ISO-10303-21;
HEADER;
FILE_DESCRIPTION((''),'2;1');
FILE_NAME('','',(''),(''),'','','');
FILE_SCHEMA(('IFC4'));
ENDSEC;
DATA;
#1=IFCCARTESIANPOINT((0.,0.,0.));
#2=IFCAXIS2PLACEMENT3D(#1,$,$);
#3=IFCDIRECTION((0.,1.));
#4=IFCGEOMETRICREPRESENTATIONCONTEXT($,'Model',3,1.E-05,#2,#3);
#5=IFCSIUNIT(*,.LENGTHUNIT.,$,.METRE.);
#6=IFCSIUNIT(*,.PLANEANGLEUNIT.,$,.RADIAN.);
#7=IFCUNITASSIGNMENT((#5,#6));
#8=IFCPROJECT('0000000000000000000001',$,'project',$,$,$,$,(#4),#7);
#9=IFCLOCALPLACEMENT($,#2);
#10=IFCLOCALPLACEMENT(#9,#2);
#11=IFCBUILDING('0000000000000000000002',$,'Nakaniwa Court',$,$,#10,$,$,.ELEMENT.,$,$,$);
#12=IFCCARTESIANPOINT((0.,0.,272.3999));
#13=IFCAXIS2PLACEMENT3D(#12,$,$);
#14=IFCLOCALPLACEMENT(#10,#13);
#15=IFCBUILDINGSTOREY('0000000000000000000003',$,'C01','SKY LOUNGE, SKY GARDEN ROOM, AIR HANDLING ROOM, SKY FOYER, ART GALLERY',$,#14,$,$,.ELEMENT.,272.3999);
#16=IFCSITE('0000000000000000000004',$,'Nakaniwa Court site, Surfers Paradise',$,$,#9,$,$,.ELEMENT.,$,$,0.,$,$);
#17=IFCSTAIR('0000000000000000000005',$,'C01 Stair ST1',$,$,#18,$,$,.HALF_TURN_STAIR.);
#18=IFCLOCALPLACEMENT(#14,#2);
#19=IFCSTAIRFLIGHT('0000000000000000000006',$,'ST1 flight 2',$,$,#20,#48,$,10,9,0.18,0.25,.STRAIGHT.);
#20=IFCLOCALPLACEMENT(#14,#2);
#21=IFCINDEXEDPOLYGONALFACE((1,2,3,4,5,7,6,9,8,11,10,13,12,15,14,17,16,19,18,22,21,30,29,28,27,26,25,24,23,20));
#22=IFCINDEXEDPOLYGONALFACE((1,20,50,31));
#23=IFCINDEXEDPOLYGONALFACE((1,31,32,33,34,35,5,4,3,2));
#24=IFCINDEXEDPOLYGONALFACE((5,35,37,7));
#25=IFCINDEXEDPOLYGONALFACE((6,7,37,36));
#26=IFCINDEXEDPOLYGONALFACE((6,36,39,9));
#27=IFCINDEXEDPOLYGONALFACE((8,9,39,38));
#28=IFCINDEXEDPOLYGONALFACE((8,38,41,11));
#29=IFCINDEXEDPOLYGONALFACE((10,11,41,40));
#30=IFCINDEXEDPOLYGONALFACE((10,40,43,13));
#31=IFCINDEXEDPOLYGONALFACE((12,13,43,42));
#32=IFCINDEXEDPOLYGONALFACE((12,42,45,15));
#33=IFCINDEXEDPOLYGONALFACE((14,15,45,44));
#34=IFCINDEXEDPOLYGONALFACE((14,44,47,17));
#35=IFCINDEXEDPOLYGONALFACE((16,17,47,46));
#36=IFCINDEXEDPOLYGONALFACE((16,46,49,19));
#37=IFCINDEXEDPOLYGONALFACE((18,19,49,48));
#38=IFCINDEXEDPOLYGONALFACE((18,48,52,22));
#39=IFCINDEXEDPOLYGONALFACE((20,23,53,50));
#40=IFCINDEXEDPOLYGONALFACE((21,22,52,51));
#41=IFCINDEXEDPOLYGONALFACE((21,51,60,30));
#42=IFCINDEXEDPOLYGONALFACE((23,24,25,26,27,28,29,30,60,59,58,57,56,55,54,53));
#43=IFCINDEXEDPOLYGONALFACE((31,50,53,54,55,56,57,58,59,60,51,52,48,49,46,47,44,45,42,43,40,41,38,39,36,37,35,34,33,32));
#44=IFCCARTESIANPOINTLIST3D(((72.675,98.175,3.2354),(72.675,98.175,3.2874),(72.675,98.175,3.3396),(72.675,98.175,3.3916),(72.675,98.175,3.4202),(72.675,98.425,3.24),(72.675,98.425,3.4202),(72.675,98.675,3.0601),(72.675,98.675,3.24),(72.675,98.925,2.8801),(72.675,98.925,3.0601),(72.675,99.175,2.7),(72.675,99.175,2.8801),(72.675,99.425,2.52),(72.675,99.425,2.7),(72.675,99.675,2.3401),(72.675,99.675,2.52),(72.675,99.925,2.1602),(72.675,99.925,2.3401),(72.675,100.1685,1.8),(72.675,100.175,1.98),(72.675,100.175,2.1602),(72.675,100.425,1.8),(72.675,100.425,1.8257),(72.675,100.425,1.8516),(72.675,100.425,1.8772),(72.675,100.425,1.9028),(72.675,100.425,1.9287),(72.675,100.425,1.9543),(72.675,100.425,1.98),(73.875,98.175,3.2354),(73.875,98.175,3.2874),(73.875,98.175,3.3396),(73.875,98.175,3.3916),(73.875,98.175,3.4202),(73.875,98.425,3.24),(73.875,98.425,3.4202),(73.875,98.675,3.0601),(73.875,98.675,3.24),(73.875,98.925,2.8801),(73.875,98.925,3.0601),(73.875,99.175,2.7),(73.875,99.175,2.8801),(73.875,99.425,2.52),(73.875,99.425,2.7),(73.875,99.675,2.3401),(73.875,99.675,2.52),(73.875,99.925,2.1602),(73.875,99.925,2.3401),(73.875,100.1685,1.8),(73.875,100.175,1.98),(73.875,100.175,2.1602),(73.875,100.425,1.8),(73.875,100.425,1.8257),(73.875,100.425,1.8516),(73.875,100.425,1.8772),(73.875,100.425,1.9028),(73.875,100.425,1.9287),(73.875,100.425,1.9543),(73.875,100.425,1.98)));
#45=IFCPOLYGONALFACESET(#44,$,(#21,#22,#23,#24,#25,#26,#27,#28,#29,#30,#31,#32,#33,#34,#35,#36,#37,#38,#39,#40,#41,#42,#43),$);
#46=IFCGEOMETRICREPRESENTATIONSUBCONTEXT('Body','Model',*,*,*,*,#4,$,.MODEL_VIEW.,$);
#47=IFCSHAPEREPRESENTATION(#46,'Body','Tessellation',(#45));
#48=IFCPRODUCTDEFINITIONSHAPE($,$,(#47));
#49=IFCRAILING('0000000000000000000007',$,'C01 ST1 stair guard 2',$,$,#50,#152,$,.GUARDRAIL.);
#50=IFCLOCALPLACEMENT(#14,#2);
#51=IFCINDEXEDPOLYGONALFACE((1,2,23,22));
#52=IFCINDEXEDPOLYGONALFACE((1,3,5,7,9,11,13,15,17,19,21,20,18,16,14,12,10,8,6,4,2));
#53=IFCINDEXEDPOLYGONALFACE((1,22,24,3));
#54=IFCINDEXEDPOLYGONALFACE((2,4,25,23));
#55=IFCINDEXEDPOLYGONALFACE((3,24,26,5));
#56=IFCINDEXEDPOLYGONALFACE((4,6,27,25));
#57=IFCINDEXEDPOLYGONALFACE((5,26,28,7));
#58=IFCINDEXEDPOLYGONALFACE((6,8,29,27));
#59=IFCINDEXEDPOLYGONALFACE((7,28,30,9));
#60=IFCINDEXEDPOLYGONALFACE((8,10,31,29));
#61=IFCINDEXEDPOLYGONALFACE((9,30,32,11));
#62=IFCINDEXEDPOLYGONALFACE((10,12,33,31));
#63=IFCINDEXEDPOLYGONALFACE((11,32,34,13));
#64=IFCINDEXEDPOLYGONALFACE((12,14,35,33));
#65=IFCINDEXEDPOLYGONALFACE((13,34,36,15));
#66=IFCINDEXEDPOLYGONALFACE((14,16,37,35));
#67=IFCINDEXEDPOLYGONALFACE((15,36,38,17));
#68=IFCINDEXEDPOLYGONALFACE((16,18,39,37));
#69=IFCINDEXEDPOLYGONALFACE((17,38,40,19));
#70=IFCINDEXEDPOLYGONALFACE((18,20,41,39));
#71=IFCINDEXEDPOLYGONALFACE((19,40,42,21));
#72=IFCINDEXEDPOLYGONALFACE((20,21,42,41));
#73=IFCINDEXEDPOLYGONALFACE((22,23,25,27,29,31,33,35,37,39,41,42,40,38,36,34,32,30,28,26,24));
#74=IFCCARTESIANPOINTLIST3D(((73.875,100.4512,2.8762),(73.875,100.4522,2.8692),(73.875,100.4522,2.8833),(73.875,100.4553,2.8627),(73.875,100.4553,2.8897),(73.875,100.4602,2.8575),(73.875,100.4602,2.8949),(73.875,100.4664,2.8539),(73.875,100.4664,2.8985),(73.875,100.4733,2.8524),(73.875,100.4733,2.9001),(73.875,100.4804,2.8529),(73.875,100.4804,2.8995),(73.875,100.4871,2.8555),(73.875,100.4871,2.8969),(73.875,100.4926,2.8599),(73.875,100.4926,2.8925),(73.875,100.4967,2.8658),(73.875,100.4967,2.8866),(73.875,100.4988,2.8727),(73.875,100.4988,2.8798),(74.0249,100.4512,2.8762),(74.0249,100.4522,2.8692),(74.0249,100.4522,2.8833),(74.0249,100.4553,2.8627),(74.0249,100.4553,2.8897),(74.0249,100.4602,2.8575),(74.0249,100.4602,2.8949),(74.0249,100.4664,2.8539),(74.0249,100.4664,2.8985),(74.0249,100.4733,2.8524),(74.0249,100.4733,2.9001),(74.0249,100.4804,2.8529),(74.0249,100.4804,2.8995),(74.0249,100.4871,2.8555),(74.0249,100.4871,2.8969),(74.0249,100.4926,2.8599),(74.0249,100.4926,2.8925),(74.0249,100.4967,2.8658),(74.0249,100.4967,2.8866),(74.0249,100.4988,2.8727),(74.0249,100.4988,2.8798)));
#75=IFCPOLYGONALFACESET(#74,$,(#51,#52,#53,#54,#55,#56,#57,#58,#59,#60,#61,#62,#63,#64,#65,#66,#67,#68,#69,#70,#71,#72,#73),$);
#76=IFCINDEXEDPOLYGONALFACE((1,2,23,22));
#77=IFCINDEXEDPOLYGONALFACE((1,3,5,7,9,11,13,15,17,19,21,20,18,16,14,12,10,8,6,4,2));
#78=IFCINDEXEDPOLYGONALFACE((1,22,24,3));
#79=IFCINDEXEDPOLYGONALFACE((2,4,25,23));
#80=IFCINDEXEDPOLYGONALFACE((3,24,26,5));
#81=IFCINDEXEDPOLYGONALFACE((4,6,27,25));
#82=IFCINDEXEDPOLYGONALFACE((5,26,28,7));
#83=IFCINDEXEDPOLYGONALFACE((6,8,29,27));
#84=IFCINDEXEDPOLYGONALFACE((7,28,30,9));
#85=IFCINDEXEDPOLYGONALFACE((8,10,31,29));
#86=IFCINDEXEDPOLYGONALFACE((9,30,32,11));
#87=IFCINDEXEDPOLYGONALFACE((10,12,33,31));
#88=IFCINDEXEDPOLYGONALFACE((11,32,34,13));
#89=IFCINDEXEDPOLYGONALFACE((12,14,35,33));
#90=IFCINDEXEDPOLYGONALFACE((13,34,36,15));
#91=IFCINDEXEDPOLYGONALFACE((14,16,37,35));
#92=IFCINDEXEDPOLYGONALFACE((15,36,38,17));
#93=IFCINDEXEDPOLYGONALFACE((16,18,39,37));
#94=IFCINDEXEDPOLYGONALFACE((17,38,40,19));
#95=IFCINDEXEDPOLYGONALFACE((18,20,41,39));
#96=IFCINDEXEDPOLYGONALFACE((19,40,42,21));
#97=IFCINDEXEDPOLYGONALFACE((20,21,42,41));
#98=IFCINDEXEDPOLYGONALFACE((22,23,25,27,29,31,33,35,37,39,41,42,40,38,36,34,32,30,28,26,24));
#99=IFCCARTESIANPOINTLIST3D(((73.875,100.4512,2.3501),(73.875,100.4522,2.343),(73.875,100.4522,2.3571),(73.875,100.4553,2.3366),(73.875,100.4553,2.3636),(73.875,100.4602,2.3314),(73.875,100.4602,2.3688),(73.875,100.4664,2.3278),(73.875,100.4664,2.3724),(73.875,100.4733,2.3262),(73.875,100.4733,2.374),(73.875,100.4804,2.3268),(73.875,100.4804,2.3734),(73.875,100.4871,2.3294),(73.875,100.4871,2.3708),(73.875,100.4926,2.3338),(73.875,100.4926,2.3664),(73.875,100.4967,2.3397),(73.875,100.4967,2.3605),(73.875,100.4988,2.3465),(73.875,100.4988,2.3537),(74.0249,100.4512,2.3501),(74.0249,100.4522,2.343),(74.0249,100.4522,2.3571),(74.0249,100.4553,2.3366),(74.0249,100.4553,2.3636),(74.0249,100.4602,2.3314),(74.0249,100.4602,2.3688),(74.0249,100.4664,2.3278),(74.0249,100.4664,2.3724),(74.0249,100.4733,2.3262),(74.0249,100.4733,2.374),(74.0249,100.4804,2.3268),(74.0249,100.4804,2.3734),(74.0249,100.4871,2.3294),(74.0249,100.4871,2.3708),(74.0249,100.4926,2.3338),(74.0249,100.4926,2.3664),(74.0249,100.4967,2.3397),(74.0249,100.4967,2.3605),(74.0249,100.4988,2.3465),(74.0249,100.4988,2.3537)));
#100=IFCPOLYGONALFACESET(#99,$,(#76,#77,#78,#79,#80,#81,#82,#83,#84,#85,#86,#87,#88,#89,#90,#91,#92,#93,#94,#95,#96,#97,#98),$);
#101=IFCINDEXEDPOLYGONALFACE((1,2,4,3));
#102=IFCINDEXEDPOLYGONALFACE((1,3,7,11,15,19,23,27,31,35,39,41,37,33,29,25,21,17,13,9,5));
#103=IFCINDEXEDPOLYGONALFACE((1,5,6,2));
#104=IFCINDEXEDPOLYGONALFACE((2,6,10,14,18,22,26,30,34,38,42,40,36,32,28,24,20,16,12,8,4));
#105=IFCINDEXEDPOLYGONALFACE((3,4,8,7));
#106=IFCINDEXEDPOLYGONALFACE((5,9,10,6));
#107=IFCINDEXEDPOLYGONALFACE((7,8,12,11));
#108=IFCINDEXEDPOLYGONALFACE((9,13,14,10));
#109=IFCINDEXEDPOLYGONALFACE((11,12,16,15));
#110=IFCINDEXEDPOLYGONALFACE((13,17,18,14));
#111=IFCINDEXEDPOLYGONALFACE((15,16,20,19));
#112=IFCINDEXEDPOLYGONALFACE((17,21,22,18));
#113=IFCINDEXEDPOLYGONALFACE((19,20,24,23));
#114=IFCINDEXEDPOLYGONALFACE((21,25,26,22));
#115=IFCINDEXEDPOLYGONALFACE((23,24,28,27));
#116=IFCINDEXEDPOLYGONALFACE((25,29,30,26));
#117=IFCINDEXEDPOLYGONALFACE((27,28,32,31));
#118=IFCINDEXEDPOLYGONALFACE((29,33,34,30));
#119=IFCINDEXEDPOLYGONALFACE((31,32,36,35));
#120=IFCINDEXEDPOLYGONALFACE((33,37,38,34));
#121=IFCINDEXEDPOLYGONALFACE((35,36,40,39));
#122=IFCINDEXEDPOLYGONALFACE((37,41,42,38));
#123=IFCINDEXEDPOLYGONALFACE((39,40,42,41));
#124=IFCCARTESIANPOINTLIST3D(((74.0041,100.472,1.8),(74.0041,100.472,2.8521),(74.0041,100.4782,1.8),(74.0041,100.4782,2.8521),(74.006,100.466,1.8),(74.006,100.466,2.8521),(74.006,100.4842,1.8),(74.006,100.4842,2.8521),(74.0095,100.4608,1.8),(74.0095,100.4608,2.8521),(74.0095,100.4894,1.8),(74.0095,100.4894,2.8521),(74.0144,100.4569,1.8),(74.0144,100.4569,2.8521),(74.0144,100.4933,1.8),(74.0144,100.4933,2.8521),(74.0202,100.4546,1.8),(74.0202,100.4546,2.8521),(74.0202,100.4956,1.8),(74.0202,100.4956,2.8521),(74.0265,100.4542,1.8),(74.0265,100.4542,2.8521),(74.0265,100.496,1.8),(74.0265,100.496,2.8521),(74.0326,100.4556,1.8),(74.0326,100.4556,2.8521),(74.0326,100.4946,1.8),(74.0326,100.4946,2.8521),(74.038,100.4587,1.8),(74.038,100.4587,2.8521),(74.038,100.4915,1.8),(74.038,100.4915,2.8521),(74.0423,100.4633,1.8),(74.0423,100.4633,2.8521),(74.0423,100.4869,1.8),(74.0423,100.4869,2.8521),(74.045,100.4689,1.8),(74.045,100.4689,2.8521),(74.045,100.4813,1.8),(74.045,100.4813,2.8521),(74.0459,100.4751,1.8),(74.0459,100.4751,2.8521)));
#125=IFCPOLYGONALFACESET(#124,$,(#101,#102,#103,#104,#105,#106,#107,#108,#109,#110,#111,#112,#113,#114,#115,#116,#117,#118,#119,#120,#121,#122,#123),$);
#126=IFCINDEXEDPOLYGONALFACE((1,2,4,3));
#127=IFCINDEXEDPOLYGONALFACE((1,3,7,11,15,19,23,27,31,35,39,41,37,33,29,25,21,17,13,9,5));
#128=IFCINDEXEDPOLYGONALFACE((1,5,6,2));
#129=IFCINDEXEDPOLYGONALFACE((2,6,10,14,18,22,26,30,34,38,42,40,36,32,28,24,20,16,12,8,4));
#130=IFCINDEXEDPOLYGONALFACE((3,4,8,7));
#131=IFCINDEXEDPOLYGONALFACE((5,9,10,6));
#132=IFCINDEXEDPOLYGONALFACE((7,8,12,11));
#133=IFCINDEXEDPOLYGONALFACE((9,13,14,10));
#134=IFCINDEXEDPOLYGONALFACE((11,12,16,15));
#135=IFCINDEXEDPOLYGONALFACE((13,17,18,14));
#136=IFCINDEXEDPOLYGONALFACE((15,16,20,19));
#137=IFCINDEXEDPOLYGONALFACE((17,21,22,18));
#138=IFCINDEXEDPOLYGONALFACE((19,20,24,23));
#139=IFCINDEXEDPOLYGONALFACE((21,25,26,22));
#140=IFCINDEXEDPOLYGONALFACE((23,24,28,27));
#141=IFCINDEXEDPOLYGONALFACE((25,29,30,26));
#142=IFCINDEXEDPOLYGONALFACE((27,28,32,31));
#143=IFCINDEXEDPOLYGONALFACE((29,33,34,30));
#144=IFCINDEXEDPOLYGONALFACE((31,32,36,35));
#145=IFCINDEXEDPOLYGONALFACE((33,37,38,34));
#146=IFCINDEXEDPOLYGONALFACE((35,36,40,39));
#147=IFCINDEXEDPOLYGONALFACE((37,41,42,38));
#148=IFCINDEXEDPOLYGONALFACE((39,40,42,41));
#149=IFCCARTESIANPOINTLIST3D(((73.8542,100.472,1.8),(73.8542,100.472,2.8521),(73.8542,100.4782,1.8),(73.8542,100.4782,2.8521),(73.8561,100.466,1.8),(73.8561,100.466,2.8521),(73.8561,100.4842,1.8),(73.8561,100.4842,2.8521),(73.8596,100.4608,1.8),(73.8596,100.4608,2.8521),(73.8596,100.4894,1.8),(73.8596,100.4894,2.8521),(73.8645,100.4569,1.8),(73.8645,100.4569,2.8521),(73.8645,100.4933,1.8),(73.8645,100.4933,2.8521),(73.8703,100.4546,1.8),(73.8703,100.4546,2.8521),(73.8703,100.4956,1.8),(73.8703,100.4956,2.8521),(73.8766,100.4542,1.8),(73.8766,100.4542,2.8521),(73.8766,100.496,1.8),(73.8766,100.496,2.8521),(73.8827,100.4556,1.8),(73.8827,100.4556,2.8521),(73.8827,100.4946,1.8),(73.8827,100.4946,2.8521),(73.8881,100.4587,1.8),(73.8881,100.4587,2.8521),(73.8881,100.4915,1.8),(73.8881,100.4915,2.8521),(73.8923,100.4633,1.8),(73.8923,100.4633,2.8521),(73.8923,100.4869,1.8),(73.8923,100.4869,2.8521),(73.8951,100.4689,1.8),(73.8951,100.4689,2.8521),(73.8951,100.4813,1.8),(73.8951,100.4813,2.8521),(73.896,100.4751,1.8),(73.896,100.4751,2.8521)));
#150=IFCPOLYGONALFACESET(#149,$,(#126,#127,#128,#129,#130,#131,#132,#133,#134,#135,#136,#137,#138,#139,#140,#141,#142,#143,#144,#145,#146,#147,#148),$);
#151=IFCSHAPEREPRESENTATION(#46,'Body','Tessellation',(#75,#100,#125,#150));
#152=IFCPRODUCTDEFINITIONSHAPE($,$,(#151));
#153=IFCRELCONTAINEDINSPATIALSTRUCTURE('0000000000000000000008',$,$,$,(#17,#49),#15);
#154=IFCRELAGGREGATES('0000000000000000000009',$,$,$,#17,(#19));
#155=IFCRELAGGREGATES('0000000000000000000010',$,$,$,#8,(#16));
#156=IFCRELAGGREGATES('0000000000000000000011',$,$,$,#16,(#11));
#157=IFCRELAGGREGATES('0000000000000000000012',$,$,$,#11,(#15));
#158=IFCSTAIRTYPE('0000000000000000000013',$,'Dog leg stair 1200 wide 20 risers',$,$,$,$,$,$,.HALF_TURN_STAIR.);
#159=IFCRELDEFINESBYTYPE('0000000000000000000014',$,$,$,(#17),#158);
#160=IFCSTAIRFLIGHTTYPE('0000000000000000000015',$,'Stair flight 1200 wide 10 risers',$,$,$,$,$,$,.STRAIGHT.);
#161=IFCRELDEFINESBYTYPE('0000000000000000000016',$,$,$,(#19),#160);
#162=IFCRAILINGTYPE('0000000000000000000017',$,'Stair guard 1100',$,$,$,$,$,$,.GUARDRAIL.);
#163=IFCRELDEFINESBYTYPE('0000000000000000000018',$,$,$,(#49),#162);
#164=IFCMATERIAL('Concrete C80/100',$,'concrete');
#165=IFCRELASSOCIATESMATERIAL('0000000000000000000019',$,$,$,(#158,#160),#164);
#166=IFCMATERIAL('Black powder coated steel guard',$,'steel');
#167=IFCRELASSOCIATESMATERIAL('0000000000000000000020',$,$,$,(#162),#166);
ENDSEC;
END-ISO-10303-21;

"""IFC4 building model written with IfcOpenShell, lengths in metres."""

from ifc_helpers import new_model, si_unit, direction, frame, origin, origin_2d, place, context, subcontext, project, spatial, polyline, circle, outline, extrude, material, type_object, element, aggregate, save


model = new_model("IFC4")

# Units and contexts
model_context = context("Model", 3, precision=1e-05, world=origin(), true_north=direction((0.0, 1.0)))
body_context = subcontext(model_context, "Body", "Model", "MODEL_VIEW")
ifc_project = project(units=[si_unit("LENGTHUNIT", "METRE"), si_unit("PLANEANGLEUNIT", "RADIAN")], contexts=[model_context])

# Site, building, storey
site_placement = place(None, origin())
site = spatial("IfcSite", under=ifc_project, at=site_placement, Name="Nakaniwa Court site, Surfers Paradise", CompositionType="ELEMENT", RefElevation=0.0)
building_placement = place(site_placement, origin())
building = spatial("IfcBuilding", under=site, at=building_placement, Name="Nakaniwa Court", CompositionType="ELEMENT")
storey_placement = place(building_placement, frame((0.0, 0.0, 272.3999)))
storey = spatial("IfcBuildingStorey", under=building, at=storey_placement, Name="C01", Description="SKY LOUNGE, SKY GARDEN ROOM, AIR HANDLING ROOM, SKY FOYER, ART GALLERY", CompositionType="ELEMENT", Elevation=272.3999)

# Shared definitions
ifc_material_1 = material(Name="Concrete C80/100", Category="concrete")

# Stair, stair flight
stair_type = type_object("IfcStairType", Name="Dog leg stair 1200 wide 20 risers", PredefinedType="HALF_TURN_STAIR", material=ifc_material_1)
stair_placement = place(storey_placement, origin())
stair = element("IfcStair", 1, at=stair_placement, inside=storey, type_object=stair_type, Name="C01 Stair ST1", PredefinedType="HALF_TURN_STAIR")
stair_flight_type = type_object("IfcStairFlightType", Name="Stair flight 1200 wide 10 risers", PredefinedType="STRAIGHT", material=ifc_material_1)
stair_flight_placement = place(storey_placement, frame((73.2749, 100.425, 1.8), z_axis=(0.0, 0.0, 1.0), x_axis=(0.0, -1.0, 0.0)))
stair_flight = element("IfcStairFlight", 2, at=stair_flight_placement, type_object=stair_flight_type, Name="ST1 flight 2", NumberOfRisers=10, NumberOfTreads=9, PredefinedType="STRAIGHT", RiserHeight=0.18, TreadLength=0.25, context=body_context, shape_type="SweptSolid", body=[
    extrude(outline(polyline([(0.0, 0.0), (0.0, 0.0256), (0.0, 0.0515), (0.0, 0.0771), (0.0, 0.1028), (0.0, 0.1287), (0.0, 0.1543), (0.0, 0.1799), (0.25, 0.1799), (0.25, 0.3601), (0.5, 0.3601), (0.5, 0.54), (0.75, 0.54), (0.75, 0.72), (1.0, 0.72), (1.0, 0.8999), (1.25, 0.8999), (1.25, 1.0801), (1.5, 1.0801), (1.5, 1.26), (1.75, 1.26), (1.75, 1.4399), (2.0, 1.4399), (2.0, 1.6201), (2.25, 1.6201), (2.25, 1.8), (2.25, 1.7478), (2.25, 1.6958), (2.25, 1.6438), (2.25, 1.5916), (2.25, 1.5396), (2.25, 1.4873), (2.25, 1.4353), (0.2566, 0.0), (0.0, 0.0)])), frame((0.0, 0.6001, 0.0), z_axis=(0.0, -1.0, 0.0), x_axis=(1.0, 0.0, 0.0)), (0.0, 0.0, 1.0), 1.2),
])
aggregate(stair, [stair_flight])

# Railing
ifc_material_2 = material(Name="Black powder coated steel guard", Category="steel")
railing_type_1 = type_object("IfcRailingType", Name="Stair guard 1100", PredefinedType="GUARDRAIL", material=ifc_material_2)
railing_1_placement = place(storey_placement, frame((74.0249, 100.4751, 1.8)))
element("IfcRailing", 3, at=railing_1_placement, inside=storey, type_object=railing_type_1, Name="C01 ST1 stair guard 2", PredefinedType="GUARDRAIL", context=body_context, shape_type="SweptSolid", body=[
    extrude(circle(Radius=0.0239, at=origin_2d()), frame((0.0, 0.0, 1.0762), z_axis=(-1.0, 0.0, 0.0), x_axis=(0.0, -1.0, 0.0)), (0.0, 0.0, 1.0), 0.1499),
    extrude(circle(Radius=0.0239, at=origin_2d()), frame((0.0, 0.0, 0.55), z_axis=(-1.0, 0.0, 0.0), x_axis=(0.0, -1.0, 0.0)), (0.0, 0.0, 1.0), 0.1499),
    extrude(circle(Radius=0.021, at=origin_2d()), origin(), (0.0, 0.0, 1.0), 1.052),
    extrude(circle(Radius=0.021, at=origin_2d()), frame((-0.1499, 0.0, 0.0)), (0.0, 0.0, 1.0), 1.052),
])

save(model, "model.ifc")
